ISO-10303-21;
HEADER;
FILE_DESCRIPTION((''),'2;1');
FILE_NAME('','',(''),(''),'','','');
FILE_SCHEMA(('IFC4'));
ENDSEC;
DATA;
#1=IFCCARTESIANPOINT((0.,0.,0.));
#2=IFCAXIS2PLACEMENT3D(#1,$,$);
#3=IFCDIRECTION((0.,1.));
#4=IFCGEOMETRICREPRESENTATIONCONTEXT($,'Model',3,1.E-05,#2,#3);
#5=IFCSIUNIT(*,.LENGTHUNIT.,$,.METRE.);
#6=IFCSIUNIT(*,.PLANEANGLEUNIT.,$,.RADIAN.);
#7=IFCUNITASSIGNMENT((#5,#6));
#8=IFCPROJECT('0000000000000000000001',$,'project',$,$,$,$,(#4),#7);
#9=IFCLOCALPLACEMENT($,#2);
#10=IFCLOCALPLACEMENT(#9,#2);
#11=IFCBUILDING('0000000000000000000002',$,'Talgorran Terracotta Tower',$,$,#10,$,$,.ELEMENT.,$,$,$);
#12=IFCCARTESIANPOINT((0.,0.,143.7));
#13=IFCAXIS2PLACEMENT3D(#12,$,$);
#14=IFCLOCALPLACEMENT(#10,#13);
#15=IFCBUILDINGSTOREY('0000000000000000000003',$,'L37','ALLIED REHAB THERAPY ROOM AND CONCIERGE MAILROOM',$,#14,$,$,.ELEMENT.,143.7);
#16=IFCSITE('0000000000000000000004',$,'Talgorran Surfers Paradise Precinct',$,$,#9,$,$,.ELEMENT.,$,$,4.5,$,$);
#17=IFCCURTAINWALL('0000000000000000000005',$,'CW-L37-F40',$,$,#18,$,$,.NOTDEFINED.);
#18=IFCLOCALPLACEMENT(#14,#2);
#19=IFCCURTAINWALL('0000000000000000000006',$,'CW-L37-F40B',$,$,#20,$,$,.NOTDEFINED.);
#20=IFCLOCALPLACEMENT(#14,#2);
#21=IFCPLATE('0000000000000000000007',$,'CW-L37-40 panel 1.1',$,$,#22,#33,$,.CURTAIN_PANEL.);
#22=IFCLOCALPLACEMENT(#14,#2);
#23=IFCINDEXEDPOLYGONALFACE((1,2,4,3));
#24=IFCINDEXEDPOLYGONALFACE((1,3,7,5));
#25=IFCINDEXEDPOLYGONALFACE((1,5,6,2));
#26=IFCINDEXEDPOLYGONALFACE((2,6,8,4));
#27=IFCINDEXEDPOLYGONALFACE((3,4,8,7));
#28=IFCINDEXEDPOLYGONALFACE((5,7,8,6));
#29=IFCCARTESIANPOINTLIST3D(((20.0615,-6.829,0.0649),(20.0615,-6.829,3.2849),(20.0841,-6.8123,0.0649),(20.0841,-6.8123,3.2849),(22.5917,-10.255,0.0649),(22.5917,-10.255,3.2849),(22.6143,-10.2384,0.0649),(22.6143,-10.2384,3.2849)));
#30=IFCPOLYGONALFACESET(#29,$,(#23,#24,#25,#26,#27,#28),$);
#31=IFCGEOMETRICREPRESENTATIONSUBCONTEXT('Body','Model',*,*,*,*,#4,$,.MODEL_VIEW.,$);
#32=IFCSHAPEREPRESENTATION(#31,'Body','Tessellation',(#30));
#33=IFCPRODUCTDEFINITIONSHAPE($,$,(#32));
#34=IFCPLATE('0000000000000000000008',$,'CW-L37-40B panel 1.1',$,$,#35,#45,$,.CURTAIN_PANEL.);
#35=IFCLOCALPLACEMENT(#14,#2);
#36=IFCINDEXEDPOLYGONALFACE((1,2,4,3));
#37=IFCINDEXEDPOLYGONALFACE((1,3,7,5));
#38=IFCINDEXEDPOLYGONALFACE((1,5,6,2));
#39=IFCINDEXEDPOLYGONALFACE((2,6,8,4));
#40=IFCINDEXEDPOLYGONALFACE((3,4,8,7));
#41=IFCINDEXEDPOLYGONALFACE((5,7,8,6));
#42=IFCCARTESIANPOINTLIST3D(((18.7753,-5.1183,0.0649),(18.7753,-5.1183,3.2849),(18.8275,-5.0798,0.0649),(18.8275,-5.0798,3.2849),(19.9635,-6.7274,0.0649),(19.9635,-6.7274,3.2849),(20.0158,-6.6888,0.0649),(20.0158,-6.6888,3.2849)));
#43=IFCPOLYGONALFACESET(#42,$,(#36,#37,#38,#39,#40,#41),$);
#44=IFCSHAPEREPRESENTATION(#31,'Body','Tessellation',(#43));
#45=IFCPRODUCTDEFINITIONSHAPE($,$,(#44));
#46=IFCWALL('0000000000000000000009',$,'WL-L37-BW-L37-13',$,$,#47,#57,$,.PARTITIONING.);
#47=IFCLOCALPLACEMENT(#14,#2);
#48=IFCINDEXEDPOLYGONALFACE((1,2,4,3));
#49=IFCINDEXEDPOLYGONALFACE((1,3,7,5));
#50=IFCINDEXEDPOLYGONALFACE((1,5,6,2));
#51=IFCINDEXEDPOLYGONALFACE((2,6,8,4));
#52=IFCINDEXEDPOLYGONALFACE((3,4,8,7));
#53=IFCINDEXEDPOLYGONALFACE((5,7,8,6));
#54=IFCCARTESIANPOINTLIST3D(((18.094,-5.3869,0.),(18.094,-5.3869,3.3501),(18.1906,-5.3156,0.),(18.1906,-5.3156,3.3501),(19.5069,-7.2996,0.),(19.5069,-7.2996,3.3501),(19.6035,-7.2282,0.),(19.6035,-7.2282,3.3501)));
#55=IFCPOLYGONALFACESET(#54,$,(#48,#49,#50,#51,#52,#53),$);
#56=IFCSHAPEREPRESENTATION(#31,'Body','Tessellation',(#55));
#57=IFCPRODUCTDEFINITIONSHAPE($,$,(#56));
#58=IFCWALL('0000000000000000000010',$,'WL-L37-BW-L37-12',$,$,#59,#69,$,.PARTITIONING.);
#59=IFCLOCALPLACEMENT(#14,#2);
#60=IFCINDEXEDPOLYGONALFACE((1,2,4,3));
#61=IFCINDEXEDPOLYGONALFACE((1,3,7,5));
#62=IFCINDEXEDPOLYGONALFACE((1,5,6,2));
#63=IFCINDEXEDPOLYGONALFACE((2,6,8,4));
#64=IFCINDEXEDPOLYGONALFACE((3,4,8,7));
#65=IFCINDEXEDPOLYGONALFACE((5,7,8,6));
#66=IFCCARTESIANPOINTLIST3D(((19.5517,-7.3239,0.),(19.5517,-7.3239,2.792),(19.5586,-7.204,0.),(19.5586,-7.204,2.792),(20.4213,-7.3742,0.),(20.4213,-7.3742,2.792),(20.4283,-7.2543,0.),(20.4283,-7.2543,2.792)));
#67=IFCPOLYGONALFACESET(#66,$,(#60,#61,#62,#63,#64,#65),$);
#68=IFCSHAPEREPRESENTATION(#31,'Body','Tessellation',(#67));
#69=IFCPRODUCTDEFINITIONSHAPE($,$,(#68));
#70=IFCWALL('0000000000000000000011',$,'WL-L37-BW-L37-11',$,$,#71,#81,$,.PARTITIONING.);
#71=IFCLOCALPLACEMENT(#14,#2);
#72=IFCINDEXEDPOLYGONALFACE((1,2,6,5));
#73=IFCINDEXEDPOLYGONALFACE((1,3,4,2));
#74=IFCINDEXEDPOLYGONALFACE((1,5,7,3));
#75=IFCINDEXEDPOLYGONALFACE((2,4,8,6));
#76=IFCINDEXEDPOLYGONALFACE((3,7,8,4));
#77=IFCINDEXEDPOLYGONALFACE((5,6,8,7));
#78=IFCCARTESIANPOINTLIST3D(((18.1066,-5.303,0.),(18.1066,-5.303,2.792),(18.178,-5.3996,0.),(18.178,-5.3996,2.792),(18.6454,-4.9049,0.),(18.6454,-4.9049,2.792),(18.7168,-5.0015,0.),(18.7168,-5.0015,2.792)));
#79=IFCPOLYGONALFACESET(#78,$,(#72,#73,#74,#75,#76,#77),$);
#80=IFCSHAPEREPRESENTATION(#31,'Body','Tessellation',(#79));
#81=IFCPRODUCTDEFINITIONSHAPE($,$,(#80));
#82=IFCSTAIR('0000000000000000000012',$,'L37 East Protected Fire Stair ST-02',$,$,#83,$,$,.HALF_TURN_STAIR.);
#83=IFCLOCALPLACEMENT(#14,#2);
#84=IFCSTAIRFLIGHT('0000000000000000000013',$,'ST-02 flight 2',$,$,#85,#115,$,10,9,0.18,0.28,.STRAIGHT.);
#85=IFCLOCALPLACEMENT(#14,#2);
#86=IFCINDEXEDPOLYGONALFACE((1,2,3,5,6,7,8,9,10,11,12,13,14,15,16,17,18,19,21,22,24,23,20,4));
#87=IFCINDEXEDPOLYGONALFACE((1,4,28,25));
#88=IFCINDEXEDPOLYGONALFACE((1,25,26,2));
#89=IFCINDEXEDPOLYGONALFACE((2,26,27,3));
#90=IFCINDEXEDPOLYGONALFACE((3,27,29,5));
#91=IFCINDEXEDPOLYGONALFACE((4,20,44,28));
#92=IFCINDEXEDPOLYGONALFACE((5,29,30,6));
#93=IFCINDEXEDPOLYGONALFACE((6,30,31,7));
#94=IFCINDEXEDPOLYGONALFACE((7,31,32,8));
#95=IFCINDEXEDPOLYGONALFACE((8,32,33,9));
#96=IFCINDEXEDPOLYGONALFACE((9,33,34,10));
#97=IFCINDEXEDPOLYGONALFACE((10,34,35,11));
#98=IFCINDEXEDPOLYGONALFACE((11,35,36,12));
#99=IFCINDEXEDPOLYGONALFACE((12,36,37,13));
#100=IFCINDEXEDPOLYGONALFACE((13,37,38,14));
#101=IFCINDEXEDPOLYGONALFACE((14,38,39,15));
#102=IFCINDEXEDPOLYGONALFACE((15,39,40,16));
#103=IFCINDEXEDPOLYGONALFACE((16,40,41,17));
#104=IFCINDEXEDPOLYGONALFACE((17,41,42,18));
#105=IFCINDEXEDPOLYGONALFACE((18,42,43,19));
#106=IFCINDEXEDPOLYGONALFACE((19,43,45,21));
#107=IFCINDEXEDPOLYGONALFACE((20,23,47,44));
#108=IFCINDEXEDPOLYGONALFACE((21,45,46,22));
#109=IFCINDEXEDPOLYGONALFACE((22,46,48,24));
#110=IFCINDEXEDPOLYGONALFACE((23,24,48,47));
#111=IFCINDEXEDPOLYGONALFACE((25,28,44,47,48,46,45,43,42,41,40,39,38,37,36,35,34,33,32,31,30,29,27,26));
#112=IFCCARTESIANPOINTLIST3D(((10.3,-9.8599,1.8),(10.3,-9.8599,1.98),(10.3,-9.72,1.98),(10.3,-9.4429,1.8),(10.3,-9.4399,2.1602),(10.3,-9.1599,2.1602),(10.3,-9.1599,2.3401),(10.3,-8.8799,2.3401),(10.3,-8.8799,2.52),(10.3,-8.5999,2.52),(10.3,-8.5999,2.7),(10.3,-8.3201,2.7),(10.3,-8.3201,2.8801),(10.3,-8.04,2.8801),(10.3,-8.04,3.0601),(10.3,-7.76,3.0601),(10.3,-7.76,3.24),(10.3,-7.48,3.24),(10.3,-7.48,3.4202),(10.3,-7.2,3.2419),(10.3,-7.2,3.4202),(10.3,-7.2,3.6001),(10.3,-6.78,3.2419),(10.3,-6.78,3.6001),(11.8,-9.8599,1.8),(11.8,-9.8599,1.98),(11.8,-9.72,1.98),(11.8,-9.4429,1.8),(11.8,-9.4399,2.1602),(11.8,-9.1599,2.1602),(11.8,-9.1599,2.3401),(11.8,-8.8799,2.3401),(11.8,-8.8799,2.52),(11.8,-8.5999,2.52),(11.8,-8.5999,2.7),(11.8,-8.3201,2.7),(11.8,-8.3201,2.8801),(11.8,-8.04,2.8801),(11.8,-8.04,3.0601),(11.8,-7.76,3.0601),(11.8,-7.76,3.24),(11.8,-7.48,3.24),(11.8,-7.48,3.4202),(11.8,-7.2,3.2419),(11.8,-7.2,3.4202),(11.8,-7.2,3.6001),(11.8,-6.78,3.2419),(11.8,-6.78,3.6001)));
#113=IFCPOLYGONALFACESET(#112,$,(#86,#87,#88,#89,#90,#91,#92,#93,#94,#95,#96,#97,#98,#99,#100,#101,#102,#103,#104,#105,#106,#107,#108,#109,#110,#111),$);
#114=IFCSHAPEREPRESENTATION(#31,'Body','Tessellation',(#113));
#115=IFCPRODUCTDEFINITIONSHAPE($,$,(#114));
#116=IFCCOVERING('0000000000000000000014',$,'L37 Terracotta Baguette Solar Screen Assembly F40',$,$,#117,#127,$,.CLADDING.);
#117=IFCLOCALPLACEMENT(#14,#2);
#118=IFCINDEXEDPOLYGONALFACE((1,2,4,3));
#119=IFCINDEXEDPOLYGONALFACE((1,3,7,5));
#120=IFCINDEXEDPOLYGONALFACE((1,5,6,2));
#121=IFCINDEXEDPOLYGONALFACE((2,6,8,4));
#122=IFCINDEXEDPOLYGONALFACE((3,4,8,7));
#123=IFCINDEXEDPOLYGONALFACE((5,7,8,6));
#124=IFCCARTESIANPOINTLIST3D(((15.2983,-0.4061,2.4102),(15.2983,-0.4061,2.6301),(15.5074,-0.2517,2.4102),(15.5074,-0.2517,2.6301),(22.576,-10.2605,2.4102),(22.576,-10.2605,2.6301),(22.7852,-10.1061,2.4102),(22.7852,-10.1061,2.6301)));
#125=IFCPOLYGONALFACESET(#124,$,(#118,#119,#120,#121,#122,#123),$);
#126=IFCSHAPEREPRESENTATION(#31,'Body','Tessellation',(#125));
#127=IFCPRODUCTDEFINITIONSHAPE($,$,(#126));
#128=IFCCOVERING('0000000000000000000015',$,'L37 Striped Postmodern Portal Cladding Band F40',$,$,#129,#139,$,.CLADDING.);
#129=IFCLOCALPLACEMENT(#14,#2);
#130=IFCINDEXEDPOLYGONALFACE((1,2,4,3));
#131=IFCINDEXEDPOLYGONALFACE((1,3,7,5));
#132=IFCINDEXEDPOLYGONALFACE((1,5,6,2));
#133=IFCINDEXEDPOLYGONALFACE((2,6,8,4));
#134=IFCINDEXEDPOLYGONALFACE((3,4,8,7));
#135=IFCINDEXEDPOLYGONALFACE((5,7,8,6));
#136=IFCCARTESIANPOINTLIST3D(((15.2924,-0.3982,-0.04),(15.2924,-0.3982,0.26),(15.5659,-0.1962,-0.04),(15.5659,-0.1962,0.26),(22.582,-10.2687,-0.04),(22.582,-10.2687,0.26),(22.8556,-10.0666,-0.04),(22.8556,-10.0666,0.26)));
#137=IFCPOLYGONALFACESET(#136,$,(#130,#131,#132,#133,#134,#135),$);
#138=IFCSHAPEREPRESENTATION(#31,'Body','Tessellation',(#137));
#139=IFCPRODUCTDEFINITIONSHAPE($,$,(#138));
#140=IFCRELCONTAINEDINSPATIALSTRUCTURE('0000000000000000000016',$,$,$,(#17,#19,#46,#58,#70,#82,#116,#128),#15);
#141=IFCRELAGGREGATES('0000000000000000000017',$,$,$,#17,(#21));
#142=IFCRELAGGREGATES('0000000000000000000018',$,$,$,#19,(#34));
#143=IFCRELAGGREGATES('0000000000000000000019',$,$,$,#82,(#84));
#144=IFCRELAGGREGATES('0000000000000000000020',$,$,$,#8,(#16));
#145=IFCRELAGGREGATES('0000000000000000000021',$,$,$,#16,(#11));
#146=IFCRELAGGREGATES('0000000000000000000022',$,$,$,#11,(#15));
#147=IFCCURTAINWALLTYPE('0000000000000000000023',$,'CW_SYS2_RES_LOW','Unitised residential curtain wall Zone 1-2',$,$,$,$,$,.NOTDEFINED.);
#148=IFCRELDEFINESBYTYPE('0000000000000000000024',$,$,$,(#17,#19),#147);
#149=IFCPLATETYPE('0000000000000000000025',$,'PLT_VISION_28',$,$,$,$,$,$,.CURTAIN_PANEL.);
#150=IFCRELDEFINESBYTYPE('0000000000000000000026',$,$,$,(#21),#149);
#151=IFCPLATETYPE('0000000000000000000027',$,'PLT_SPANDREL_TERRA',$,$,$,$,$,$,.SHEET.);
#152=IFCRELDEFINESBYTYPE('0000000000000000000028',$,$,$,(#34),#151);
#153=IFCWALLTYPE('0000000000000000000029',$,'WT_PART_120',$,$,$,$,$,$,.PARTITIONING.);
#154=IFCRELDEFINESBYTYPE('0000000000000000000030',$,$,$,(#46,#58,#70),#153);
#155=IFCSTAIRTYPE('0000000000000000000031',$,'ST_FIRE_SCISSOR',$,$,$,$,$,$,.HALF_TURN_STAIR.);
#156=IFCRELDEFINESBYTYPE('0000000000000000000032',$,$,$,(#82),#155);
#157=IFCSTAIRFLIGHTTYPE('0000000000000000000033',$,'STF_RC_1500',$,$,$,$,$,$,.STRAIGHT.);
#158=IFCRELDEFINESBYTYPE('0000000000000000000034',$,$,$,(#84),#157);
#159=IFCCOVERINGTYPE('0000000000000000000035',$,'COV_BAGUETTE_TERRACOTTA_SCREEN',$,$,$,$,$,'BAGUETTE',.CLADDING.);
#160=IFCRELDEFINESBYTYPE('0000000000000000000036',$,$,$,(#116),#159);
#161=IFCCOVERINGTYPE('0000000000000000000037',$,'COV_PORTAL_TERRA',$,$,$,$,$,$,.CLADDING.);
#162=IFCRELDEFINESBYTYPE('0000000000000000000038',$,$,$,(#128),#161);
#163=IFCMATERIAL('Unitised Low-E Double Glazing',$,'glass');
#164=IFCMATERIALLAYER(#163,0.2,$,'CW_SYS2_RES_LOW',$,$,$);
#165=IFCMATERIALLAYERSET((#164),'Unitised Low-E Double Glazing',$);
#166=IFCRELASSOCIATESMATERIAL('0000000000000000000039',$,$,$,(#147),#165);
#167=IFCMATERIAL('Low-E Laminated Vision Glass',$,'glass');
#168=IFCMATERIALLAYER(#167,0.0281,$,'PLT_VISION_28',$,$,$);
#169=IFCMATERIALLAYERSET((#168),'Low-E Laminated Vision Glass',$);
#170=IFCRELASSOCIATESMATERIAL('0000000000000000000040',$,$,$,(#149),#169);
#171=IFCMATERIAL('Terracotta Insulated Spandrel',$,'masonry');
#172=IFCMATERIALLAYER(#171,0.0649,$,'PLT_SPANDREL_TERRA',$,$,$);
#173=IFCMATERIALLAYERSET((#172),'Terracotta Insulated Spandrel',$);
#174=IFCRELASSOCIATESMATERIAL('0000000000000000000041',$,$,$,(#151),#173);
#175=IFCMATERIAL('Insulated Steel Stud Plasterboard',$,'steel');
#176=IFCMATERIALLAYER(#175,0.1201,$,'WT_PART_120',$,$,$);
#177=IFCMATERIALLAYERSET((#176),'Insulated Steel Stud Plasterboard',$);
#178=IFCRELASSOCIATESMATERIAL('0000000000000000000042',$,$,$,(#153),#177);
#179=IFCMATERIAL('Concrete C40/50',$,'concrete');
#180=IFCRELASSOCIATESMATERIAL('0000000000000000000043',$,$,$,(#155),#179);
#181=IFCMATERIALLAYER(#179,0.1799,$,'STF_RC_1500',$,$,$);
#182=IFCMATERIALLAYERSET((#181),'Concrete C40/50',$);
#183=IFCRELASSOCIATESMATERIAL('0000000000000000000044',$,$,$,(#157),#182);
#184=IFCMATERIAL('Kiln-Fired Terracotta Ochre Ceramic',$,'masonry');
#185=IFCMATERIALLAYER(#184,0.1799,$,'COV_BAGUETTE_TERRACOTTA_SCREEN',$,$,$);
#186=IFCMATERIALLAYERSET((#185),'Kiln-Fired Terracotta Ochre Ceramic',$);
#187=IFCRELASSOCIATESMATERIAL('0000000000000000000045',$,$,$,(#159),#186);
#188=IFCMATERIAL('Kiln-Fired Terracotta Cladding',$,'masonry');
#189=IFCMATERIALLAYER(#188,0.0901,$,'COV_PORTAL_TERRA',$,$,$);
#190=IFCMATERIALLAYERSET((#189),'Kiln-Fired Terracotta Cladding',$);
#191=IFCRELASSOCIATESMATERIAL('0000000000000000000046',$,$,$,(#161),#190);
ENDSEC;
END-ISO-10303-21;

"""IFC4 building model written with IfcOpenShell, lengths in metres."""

from ifc_helpers import new_model, si_unit, direction, frame, frame_2d, origin, origin_2d, place, context, subcontext, project, spatial, polyline, rectangle, outline, extrude, source, transform, mapped, material, layer, layer_set, type_object, type_shapes, element, aggregate, save


model = new_model("IFC4")

# Units and contexts
model_context = context("Model", 3, precision=1e-05, world=origin(), true_north=direction((0.0, 1.0)))
body_context = subcontext(model_context, "Body", "Model", "MODEL_VIEW")
ifc_project = project(units=[si_unit("LENGTHUNIT", "METRE"), si_unit("PLANEANGLEUNIT", "RADIAN")], contexts=[model_context])

# Site, building, storey
site_placement = place(None, origin())
site = spatial("IfcSite", under=ifc_project, at=site_placement, Name="Talgorran Surfers Paradise Precinct", CompositionType="ELEMENT", RefElevation=4.5)
building_placement = place(site_placement, origin())
building = spatial("IfcBuilding", under=site, at=building_placement, Name="Talgorran Terracotta Tower", CompositionType="ELEMENT")
storey_placement = place(building_placement, frame((0.0, 0.0, 143.7)))
storey = spatial("IfcBuildingStorey", under=building, at=storey_placement, Name="L37", Description="ALLIED REHAB THERAPY ROOM AND CONCIERGE MAILROOM", CompositionType="ELEMENT", Elevation=143.7)

# Curtain wall
ifc_material_1 = material(Name="Unitised Low-E Double Glazing", Category="glass")
ifc_layer_1 = layer(ifc_material_1, 0.2, Name="CW_SYS2_RES_LOW")
ifc_layer_set_1 = layer_set([ifc_layer_1], Name="Unitised Low-E Double Glazing")
curtain_wall_type = type_object("IfcCurtainWallType", Name="CW_SYS2_RES_LOW", Description="Unitised residential curtain wall Zone 1-2", PredefinedType="NOTDEFINED", material=ifc_layer_set_1)
curtain_wall_1_placement = place(storey_placement, origin())
curtain_wall_1 = element("IfcCurtainWall", 1, at=curtain_wall_1_placement, inside=storey, type_object=curtain_wall_type, Name="CW-L37-F40", PredefinedType="NOTDEFINED")

# Curtain wall
curtain_wall_2_placement = place(storey_placement, origin())
curtain_wall_2 = element("IfcCurtainWall", 2, at=curtain_wall_2_placement, inside=storey, type_object=curtain_wall_type, Name="CW-L37-F40B", PredefinedType="NOTDEFINED")

# Plates
ifc_material_2 = material(Name="Low-E Laminated Vision Glass", Category="glass")
ifc_layer_2 = layer(ifc_material_2, 0.0281, Name="PLT_VISION_28")
ifc_layer_set_2 = layer_set([ifc_layer_2], Name="Low-E Laminated Vision Glass")
plate_type_1 = type_object("IfcPlateType", Name="PLT_VISION_28", PredefinedType="CURTAIN_PANEL", material=ifc_layer_set_2)
shared_shape_1 = source(origin(), body_context, "Body", "SweptSolid", [
    extrude(rectangle(XDim=4.259, YDim=0.0281, at=origin_2d()), origin(), (0.0, 0.0, 1.0), 3.22),
])
type_shapes(plate_type_1, [shared_shape_1])
plate_1_placement = place(storey_placement, frame((21.3379, -8.5337, 0.0649), z_axis=(0.0, 0.0, 1.0), x_axis=(-0.594071, 0.804413, 0.0)))
plate_1 = element("IfcPlate", 3, at=plate_1_placement, type_object=plate_type_1, Name="CW-L37-40 panel 1.1", PredefinedType="CURTAIN_PANEL", context=body_context, shape_type="MappedRepresentation", body=[
    mapped(shared_shape_1, transform((0.0, 0.0, 0.0), scale=1.0)),
])
aggregate(curtain_wall_1, [plate_1])
ifc_material_3 = material(Name="Terracotta Insulated Spandrel", Category="masonry")
ifc_layer_3 = layer(ifc_material_3, 0.0649, Name="PLT_SPANDREL_TERRA")
ifc_layer_set_3 = layer_set([ifc_layer_3], Name="Terracotta Insulated Spandrel")
plate_type_2 = type_object("IfcPlateType", Name="PLT_SPANDREL_TERRA", PredefinedType="SHEET", material=ifc_layer_set_3)
shared_shape_2 = source(origin(), body_context, "Body", "SweptSolid", [
    extrude(rectangle(XDim=2.0002, YDim=0.0649, at=origin_2d()), origin(), (0.0, 0.0, 1.0), 3.22),
])
type_shapes(plate_type_2, [shared_shape_2])
plate_2_placement = place(storey_placement, frame((19.3955, -5.9036, 0.0649), z_axis=(0.0, 0.0, 1.0), x_axis=(-0.594065, 0.804417, 0.0)))
plate_2 = element("IfcPlate", 4, at=plate_2_placement, type_object=plate_type_2, Name="CW-L37-40B panel 1.1", PredefinedType="CURTAIN_PANEL", context=body_context, shape_type="MappedRepresentation", body=[
    mapped(shared_shape_2, transform((0.0, 0.0, 0.0), scale=1.0)),
])
aggregate(curtain_wall_2, [plate_2])

# Walls
ifc_material_4 = material(Name="Insulated Steel Stud Plasterboard", Category="steel")
ifc_layer_4 = layer(ifc_material_4, 0.1201, Name="WT_PART_120")
ifc_layer_set_4 = layer_set([ifc_layer_4], Name="Insulated Steel Stud Plasterboard")
wall_type = type_object("IfcWallType", Name="WT_PART_120", PredefinedType="PARTITIONING", material=ifc_layer_set_4)
wall_1_placement = place(storey_placement, frame((19.5552, -7.2639, 0.0), z_axis=(0.0, 0.0, 1.0), x_axis=(-0.594169, 0.80434, 0.0)))
element("IfcWall", 5, at=wall_1_placement, inside=storey, type_object=wall_type, Name="WL-L37-BW-L37-13", PredefinedType="PARTITIONING", context=body_context, shape_type="SweptSolid", body=[
    extrude(rectangle(XDim=2.3779, YDim=0.1201, at=frame_2d((1.189, 0.0))), origin(), (0.0, 0.0, 1.0), 3.3501),
])
wall_2_placement = place(storey_placement, frame((20.4248, -7.3142, 0.0), z_axis=(0.0, 0.0, 1.0), x_axis=(-0.998332, 0.057736, 0.0)))
element("IfcWall", 6, at=wall_2_placement, inside=storey, type_object=wall_type, Name="WL-L37-BW-L37-12", PredefinedType="PARTITIONING", context=body_context, shape_type="SweptSolid", body=[
    extrude(rectangle(XDim=0.8711, YDim=0.1201, at=frame_2d((0.4355, 0.0))), origin(), (0.0, 0.0, 1.0), 2.792),
])
wall_3_placement = place(storey_placement, frame((18.1423, -5.3513, 0.0), z_axis=(0.0, 0.0, 1.0), x_axis=(0.804222, 0.59433, 0.0)))
element("IfcWall", 7, at=wall_3_placement, inside=storey, type_object=wall_type, Name="WL-L37-BW-L37-11", PredefinedType="PARTITIONING", context=body_context, shape_type="SweptSolid", body=[
    extrude(rectangle(XDim=0.6699, YDim=0.1201, at=frame_2d((0.335, 0.0))), origin(), (0.0, 0.0, 1.0), 2.792),
])

# Stair, stair flight
ifc_material_5 = material(Name="Concrete C40/50", Category="concrete")
stair_type = type_object("IfcStairType", Name="ST_FIRE_SCISSOR", PredefinedType="HALF_TURN_STAIR", material=ifc_material_5)
stair_placement = place(storey_placement, origin())
stair = element("IfcStair", 8, at=stair_placement, inside=storey, type_object=stair_type, Name="L37 East Protected Fire Stair ST-02", PredefinedType="HALF_TURN_STAIR")
ifc_layer_5 = layer(ifc_material_5, 0.1799, Name="STF_RC_1500")
ifc_layer_set_5 = layer_set([ifc_layer_5], Name="Concrete C40/50")
stair_flight_type = type_object("IfcStairFlightType", Name="STF_RC_1500", PredefinedType="STRAIGHT", material=ifc_layer_set_5)
stair_flight_placement = place(storey_placement, frame((11.05, -9.72, 1.8), z_axis=(0.0, 0.0, 1.0), x_axis=(0.0, 1.0, 0.0)))
stair_flight = element("IfcStairFlight", 9, at=stair_flight_placement, type_object=stair_flight_type, Name="ST-02 flight 2", NumberOfRisers=10, NumberOfTreads=9, PredefinedType="STRAIGHT", RiserHeight=0.18, TreadLength=0.28, context=body_context, shape_type="SweptSolid", body=[
    extrude(outline(polyline([(-0.1399, 0.0), (-0.1399, 0.1799), (0.0, 0.1799), (0.28, 0.3601), (0.5601, 0.3601), (0.5601, 0.54), (0.8401, 0.54), (0.8401, 0.72), (1.1201, 0.72), (1.1201, 0.8999), (1.3999, 0.8999), (1.3999, 1.0801), (1.6799, 1.0801), (1.6799, 1.26), (1.96, 1.26), (1.96, 1.4399), (2.24, 1.4399), (2.24, 1.6201), (2.52, 1.6201), (2.52, 1.8), (2.9399, 1.8), (2.9399, 1.4419), (2.52, 1.4419), (0.2771, 0.0), (-0.1399, 0.0)])), frame((0.0, 0.75, 0.0), z_axis=(0.0, -1.0, 0.0), x_axis=(1.0, 0.0, 0.0)), (0.0, 0.0, 1.0), 1.5),
])
aggregate(stair, [stair_flight])

# Coverings
ifc_material_6 = material(Name="Kiln-Fired Terracotta Ochre Ceramic", Category="masonry")
ifc_layer_6 = layer(ifc_material_6, 0.1799, Name="COV_BAGUETTE_TERRACOTTA_SCREEN")
ifc_layer_set_6 = layer_set([ifc_layer_6], Name="Kiln-Fired Terracotta Ochre Ceramic")
covering_type_1 = type_object("IfcCoveringType", Name="COV_BAGUETTE_TERRACOTTA_SCREEN", ElementType="BAGUETTE", PredefinedType="CLADDING", material=ifc_layer_set_6)
covering_1_placement = place(storey_placement, frame((19.0417, -5.2561, 2.4102), z_axis=(0.0, 0.0, 1.0), x_axis=(-0.594079, 0.804407, 0.0)))
element("IfcCovering", 10, at=covering_1_placement, inside=storey, type_object=covering_type_1, Name="L37 Terracotta Baguette Solar Screen Assembly F40", PredefinedType="CLADDING", context=body_context, shape_type="SweptSolid", body=[
    extrude(rectangle(XDim=12.2505, YDim=0.26, at=origin_2d()), origin(), (0.0, 0.0, 1.0), 0.22),
])
ifc_material_7 = material(Name="Kiln-Fired Terracotta Cladding", Category="masonry")
ifc_layer_7 = layer(ifc_material_7, 0.0901, Name="COV_PORTAL_TERRA")
ifc_layer_set_7 = layer_set([ifc_layer_7], Name="Kiln-Fired Terracotta Cladding")
covering_type_2 = type_object("IfcCoveringType", Name="COV_PORTAL_TERRA", PredefinedType="CLADDING", material=ifc_layer_set_7)
covering_2_placement = place(storey_placement, frame((19.074, -5.2324, -0.04), z_axis=(0.0, 0.0, 1.0), x_axis=(-0.594079, 0.804407, 0.0)))
element("IfcCovering", 11, at=covering_2_placement, inside=storey, type_object=covering_type_2, Name="L37 Striped Postmodern Portal Cladding Band F40", PredefinedType="CLADDING", context=body_context, shape_type="SweptSolid", body=[
    extrude(rectangle(XDim=12.2705, YDim=0.3401, at=origin_2d()), origin(), (0.0, 0.0, 1.0), 0.3),
])

save(model, "model.ifc")
